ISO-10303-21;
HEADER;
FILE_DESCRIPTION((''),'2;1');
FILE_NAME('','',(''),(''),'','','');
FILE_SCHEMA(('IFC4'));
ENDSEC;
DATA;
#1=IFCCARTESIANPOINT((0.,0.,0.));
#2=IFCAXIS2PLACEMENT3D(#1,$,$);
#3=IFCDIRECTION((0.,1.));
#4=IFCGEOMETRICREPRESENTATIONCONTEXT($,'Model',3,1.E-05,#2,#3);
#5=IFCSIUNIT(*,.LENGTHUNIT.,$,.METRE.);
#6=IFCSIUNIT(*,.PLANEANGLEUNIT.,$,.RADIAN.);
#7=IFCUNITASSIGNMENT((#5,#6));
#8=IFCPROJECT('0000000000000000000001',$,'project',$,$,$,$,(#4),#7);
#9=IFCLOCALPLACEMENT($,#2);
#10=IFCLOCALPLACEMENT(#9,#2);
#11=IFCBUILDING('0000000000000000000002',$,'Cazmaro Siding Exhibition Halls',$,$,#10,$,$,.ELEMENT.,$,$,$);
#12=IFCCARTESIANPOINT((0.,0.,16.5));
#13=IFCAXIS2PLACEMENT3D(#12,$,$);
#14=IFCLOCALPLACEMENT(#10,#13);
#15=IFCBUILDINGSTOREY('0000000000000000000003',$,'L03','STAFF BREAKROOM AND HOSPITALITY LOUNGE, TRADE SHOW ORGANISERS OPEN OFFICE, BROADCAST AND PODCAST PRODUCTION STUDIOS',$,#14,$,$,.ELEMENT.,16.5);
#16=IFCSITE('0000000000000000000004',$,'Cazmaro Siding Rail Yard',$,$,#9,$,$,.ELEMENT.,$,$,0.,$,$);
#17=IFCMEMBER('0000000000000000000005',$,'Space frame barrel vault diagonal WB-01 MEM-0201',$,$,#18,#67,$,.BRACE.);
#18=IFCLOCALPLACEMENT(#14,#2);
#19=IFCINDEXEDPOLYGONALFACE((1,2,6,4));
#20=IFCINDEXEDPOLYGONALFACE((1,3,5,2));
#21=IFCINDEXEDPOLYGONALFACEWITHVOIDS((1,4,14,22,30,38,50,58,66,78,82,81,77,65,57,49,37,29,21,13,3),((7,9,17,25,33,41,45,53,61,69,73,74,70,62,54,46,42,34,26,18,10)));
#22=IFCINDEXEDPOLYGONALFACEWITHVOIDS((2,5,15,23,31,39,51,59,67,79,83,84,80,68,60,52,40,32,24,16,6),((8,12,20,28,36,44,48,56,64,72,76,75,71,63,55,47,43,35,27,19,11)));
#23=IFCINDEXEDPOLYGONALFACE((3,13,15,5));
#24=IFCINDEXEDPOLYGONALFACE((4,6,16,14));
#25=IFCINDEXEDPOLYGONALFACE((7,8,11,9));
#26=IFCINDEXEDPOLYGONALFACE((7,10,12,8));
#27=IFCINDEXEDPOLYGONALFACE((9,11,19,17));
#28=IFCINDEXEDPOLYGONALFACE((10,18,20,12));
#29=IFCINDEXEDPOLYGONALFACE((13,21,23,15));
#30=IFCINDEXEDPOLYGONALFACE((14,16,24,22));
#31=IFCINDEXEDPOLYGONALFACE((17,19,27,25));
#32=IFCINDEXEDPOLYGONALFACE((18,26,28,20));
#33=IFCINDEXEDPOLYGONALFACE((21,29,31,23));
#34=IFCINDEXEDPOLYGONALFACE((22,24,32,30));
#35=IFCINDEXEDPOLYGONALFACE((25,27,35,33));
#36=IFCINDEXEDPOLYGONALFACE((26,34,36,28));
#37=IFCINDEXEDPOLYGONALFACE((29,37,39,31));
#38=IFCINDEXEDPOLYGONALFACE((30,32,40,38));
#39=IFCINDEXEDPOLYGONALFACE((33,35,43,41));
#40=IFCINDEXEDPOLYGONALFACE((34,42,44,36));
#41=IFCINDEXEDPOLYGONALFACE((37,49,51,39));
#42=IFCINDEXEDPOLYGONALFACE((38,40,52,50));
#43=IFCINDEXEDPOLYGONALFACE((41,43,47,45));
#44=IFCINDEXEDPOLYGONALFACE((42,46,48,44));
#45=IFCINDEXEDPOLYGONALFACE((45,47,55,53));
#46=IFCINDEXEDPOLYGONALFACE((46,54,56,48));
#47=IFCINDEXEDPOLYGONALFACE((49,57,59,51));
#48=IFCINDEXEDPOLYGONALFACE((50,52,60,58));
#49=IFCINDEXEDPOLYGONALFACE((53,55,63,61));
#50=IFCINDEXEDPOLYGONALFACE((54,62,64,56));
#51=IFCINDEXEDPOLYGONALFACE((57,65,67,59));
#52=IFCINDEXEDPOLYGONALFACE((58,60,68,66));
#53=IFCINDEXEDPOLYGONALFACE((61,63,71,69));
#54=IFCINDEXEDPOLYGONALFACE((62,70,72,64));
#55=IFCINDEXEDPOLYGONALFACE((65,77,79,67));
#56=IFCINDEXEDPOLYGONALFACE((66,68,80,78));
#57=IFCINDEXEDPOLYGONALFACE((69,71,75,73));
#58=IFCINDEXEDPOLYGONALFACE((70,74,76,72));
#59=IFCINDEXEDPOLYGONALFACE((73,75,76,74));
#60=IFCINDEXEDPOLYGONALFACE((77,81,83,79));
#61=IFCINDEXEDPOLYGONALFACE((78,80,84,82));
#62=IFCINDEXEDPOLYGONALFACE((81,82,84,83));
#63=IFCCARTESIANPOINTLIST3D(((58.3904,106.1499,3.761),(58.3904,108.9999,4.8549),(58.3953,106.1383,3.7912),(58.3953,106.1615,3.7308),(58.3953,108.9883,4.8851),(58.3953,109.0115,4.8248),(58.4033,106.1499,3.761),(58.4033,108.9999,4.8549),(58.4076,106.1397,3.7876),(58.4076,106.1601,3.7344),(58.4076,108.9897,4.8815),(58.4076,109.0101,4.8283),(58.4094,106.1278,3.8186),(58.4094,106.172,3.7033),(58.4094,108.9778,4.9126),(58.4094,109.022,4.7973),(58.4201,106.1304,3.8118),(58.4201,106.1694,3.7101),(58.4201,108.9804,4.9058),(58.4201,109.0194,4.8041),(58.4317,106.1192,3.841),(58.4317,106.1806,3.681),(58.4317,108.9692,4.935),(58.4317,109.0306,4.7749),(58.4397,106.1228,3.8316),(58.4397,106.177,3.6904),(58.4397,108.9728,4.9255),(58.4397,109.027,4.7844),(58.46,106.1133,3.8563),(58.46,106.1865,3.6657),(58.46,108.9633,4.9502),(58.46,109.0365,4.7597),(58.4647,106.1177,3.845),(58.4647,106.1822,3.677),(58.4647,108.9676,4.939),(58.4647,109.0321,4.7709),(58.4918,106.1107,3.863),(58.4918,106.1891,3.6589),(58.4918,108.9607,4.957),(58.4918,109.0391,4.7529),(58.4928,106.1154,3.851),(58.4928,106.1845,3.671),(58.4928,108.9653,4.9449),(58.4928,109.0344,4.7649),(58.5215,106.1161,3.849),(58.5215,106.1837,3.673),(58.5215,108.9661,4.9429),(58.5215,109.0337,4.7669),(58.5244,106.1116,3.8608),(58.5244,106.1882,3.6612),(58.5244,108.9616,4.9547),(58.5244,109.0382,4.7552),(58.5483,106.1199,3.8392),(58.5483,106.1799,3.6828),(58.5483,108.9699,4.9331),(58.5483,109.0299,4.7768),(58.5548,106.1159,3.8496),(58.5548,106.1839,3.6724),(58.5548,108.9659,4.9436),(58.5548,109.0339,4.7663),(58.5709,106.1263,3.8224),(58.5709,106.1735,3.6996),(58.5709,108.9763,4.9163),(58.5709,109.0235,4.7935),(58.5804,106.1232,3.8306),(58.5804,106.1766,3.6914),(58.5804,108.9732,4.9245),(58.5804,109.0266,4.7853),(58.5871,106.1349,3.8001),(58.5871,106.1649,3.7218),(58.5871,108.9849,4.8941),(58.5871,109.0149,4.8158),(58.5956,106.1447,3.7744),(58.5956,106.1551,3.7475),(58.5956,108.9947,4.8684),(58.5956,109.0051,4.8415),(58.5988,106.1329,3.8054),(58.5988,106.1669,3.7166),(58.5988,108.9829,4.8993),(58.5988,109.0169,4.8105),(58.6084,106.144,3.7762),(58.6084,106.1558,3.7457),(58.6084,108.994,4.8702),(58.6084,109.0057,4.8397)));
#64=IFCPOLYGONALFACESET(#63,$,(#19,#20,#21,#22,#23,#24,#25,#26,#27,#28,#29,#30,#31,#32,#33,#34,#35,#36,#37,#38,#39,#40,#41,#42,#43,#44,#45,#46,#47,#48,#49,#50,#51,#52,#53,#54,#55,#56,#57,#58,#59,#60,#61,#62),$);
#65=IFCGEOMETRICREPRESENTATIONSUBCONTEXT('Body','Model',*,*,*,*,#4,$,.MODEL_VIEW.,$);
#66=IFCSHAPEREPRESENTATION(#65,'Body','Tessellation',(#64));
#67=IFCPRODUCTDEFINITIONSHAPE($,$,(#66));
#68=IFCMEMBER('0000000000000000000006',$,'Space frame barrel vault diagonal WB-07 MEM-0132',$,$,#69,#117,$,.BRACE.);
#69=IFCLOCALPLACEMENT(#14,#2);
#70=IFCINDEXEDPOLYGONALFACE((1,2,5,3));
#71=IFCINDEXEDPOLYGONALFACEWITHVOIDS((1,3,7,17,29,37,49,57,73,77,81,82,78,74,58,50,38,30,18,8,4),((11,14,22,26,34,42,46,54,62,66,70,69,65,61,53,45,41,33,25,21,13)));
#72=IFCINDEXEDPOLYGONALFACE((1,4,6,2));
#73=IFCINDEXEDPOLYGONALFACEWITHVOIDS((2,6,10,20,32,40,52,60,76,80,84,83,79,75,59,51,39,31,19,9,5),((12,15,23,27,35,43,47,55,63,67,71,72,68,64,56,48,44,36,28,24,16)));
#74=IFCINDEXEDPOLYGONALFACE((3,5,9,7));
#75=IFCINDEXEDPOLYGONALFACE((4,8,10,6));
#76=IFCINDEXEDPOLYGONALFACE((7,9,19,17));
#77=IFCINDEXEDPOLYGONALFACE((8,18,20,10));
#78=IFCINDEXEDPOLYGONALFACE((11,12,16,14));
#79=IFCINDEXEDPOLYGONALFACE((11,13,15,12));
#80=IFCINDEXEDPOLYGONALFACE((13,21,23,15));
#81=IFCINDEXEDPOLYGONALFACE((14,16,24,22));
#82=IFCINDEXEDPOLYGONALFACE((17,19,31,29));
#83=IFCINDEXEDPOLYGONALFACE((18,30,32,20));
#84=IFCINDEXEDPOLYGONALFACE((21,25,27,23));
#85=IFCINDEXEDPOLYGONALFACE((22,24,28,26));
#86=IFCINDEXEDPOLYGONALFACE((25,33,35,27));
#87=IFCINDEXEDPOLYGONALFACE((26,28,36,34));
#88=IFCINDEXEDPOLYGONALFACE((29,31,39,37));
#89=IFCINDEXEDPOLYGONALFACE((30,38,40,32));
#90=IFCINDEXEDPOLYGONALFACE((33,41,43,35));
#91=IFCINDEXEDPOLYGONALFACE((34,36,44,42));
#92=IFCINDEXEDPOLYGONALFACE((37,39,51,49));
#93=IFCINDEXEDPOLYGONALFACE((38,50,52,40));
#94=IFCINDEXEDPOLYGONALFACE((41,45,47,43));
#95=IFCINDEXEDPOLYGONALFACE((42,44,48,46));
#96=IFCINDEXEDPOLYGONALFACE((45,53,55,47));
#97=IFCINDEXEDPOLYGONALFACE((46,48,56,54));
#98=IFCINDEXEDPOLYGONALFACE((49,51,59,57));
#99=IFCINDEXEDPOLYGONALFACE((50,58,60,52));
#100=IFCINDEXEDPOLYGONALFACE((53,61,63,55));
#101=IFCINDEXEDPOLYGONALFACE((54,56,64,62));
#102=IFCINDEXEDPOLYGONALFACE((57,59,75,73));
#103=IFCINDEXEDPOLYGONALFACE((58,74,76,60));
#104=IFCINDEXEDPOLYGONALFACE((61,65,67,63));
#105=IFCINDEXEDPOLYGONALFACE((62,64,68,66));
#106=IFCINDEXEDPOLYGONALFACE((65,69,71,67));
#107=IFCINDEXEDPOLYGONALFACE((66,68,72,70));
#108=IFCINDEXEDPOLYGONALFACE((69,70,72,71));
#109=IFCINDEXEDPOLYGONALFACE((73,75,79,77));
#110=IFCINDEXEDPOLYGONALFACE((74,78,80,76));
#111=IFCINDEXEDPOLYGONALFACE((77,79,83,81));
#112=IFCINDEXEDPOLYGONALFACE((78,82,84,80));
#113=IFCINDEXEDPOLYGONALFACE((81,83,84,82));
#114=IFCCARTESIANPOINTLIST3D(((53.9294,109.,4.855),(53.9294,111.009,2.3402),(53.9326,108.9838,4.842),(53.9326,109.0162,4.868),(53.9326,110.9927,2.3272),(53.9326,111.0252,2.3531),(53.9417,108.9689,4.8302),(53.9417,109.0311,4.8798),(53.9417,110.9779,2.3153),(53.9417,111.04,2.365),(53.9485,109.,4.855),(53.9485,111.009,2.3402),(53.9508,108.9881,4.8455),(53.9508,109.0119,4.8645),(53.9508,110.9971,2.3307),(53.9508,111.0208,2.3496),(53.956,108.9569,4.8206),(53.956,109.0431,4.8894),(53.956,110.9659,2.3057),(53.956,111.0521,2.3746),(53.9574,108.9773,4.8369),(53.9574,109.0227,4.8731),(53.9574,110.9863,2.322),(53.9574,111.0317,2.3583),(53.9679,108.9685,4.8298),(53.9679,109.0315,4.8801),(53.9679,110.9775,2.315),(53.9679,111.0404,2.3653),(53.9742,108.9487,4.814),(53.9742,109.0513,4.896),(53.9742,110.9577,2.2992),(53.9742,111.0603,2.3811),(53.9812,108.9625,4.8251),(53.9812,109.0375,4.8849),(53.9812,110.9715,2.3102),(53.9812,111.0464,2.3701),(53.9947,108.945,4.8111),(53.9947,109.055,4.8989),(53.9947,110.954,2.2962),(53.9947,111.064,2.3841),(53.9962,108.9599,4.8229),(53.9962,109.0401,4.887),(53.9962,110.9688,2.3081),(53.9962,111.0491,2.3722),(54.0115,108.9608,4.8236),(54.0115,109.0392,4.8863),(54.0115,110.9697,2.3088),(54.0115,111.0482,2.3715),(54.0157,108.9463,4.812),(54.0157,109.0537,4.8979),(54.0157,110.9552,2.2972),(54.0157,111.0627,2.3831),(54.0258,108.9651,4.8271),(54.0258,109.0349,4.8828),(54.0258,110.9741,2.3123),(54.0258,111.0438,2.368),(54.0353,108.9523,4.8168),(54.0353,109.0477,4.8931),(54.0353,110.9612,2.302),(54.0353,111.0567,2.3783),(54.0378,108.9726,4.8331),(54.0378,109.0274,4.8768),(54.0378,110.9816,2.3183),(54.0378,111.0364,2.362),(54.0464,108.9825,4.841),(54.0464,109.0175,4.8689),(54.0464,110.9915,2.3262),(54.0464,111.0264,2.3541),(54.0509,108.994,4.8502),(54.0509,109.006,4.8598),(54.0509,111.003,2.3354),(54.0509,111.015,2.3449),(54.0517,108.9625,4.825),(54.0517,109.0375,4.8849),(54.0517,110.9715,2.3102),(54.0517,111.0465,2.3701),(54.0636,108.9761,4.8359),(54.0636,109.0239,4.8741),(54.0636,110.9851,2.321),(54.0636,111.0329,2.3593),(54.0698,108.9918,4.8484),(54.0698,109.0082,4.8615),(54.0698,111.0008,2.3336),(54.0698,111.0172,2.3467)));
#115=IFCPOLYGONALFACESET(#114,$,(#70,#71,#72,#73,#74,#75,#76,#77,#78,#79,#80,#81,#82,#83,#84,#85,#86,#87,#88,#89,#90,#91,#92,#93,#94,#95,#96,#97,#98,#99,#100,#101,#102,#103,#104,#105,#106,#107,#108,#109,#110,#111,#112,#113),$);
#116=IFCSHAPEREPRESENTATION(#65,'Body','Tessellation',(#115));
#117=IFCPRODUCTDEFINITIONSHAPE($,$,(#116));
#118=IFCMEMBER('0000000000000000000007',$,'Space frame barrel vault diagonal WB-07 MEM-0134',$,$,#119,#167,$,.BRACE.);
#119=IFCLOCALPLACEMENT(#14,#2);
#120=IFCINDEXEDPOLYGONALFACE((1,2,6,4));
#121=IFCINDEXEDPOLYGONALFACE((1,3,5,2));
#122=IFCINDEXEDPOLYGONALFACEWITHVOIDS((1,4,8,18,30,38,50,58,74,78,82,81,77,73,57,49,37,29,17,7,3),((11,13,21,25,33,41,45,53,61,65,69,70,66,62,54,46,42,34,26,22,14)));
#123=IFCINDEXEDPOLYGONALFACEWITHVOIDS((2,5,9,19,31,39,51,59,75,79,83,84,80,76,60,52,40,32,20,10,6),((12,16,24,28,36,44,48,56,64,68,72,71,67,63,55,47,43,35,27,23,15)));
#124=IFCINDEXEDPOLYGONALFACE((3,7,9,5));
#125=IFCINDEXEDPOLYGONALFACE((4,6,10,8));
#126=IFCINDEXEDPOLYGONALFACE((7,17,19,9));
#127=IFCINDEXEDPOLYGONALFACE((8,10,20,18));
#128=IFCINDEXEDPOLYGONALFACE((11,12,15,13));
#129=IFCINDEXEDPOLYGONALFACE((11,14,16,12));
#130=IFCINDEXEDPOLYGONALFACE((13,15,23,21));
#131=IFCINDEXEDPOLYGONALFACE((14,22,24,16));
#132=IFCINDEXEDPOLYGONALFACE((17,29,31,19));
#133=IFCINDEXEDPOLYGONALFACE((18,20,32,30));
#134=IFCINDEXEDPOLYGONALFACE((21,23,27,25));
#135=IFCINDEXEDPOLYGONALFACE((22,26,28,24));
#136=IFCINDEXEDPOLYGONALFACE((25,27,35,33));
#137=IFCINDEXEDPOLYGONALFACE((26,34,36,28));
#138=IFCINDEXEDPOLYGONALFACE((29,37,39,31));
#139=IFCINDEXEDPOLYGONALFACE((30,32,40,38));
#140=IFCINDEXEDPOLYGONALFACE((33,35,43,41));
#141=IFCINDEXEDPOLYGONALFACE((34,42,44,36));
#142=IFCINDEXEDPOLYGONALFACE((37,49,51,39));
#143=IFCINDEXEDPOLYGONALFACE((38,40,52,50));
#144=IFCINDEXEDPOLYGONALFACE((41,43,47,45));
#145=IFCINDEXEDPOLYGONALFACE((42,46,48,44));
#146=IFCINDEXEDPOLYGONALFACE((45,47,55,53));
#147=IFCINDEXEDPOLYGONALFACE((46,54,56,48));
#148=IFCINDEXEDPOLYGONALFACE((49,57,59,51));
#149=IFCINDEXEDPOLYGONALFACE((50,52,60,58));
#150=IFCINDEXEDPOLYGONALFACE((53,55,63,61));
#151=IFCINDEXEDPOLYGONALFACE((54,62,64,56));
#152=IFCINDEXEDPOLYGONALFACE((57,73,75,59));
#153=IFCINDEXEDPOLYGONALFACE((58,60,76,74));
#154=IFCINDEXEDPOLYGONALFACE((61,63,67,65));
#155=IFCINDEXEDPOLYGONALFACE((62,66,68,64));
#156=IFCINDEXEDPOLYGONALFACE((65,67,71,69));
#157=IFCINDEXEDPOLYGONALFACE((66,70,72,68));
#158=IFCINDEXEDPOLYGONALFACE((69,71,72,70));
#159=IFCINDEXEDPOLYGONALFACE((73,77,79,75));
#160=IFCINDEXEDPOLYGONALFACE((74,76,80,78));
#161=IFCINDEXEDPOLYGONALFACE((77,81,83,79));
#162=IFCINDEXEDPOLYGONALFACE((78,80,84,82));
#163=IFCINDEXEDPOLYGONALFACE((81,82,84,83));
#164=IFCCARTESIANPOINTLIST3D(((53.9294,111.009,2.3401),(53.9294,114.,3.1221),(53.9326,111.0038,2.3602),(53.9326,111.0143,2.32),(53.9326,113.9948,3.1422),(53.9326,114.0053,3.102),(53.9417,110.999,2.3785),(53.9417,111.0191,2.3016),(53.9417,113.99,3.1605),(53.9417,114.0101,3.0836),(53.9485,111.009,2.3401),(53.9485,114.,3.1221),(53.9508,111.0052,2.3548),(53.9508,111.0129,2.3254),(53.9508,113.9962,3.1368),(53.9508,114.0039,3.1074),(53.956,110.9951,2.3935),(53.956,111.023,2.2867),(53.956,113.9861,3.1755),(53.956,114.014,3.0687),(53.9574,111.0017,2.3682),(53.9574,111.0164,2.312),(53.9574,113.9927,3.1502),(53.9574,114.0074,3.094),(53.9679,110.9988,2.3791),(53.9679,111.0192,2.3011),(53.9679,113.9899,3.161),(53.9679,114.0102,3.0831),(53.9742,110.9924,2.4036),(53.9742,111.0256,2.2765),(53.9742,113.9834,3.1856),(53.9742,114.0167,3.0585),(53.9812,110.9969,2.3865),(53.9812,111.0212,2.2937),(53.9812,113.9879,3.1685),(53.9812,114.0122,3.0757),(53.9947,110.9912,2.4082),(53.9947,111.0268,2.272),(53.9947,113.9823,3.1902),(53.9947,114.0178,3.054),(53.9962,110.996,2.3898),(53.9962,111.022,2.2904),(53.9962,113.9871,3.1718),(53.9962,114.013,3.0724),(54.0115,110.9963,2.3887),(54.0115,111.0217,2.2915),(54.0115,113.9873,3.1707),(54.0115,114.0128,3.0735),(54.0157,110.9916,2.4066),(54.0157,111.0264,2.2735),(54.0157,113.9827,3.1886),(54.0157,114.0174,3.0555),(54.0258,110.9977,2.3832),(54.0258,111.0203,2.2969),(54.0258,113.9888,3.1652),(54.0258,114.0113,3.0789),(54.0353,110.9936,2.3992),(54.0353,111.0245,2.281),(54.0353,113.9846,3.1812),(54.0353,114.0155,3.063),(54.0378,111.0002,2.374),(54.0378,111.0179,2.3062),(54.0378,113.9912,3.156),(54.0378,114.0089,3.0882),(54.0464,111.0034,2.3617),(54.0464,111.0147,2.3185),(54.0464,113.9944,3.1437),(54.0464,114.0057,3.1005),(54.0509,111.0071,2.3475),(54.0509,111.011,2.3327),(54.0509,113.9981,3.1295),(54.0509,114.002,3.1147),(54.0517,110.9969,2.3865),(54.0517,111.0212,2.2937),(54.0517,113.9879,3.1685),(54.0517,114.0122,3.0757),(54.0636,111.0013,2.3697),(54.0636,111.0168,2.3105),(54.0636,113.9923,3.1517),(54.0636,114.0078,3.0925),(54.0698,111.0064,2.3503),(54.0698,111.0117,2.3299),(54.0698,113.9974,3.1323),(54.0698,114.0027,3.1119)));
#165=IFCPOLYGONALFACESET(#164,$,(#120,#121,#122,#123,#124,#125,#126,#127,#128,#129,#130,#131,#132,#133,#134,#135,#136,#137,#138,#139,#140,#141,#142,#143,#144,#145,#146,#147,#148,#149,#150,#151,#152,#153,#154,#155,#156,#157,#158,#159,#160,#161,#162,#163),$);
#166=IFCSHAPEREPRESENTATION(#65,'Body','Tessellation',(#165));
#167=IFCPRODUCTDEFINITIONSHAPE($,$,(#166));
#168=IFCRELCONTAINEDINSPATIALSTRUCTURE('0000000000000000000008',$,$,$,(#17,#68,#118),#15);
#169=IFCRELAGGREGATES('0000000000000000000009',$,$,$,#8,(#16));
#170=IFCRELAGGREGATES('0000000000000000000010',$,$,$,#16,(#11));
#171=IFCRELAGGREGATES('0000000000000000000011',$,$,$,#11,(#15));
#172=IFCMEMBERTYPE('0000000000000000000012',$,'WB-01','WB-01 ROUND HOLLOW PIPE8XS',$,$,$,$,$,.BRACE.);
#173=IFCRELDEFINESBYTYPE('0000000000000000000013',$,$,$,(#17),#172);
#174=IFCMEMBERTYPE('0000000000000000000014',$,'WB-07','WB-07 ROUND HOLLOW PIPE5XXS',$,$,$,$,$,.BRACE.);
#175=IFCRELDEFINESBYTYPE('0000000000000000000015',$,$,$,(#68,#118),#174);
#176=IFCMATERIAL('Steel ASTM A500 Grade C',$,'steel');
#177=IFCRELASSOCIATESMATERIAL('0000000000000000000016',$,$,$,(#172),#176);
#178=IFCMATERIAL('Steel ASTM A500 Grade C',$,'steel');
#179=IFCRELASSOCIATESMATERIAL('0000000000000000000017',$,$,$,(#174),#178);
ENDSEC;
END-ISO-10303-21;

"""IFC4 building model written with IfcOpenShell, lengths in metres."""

from ifc_helpers import new_model, si_unit, direction, frame, origin, origin_2d, place, context, subcontext, project, spatial, hollow_circle, extrude, material, material_profile, profile_set, type_object, element, save


model = new_model("IFC4")

# Units and contexts
model_context = context("Model", 3, precision=1e-05, world=origin(), true_north=direction((0.0, 1.0)))
body_context = subcontext(model_context, "Body", "Model", "MODEL_VIEW")
ifc_project = project(units=[si_unit("LENGTHUNIT", "METRE"), si_unit("PLANEANGLEUNIT", "RADIAN")], contexts=[model_context])

# Site, building, storey
site_placement = place(None, origin())
site = spatial("IfcSite", under=ifc_project, at=site_placement, Name="Cazmaro Siding Rail Yard", CompositionType="ELEMENT", RefElevation=0.0)
building_placement = place(site_placement, origin())
building = spatial("IfcBuilding", under=site, at=building_placement, Name="Cazmaro Siding Exhibition Halls", CompositionType="ELEMENT")
storey_placement = place(building_placement, frame((0.0, 0.0, 16.5)))
storey = spatial("IfcBuildingStorey", under=building, at=storey_placement, Name="L03", Description="STAFF BREAKROOM AND HOSPITALITY LOUNGE, TRADE SHOW ORGANISERS OPEN OFFICE, BROADCAST AND PODCAST PRODUCTION STUDIOS", CompositionType="ELEMENT", Elevation=16.5)

# Members
ifc_material_1 = material(Name="Steel ASTM A500 Grade C", Category="steel")
ifc_material_profile_1 = material_profile(ifc_material_1, hollow_circle(Radius=0.1096, WallThickness=0.0129, at=origin_2d()), Name="PIPE8XS")
ifc_profile_set_1 = profile_set([ifc_material_profile_1], Name="Steel ASTM A500 Grade C")
member_type_1 = type_object("IfcMemberType", Name="WB-01", Description="WB-01 ROUND HOLLOW PIPE8XS", PredefinedType="BRACE", material=ifc_profile_set_1)
member_1_placement = place(storey_placement, frame((58.5, 106.1499, 3.761), z_axis=(0.0, 0.933587, 0.358352), x_axis=(-1.0, 0.0, 0.0)))
element("IfcMember", 1, at=member_1_placement, inside=storey, type_object=member_type_1, Name="Space frame barrel vault diagonal WB-01 MEM-0201", PredefinedType="BRACE", context=body_context, shape_type="SweptSolid", body=[
    extrude(hollow_circle(Radius=0.1096, WallThickness=0.0129, at=origin_2d()), origin(), (0.0, 0.0, 1.0), 3.0527),
])
ifc_material_2 = material(Name="Steel ASTM A500 Grade C", Category="steel")
ifc_material_profile_2 = material_profile(ifc_material_2, hollow_circle(Radius=0.0706, WallThickness=0.019, at=origin_2d()), Name="PIPE5XXS")
ifc_profile_set_2 = profile_set([ifc_material_profile_2], Name="Steel ASTM A500 Grade C")
member_type_2 = type_object("IfcMemberType", Name="WB-07", Description="WB-07 ROUND HOLLOW PIPE5XXS", PredefinedType="BRACE", material=ifc_profile_set_2)
member_2_placement = place(storey_placement, frame((54.0, 109.0, 4.855), z_axis=(0.0, 0.624149, -0.781305), x_axis=(-1.0, 0.0, 0.0)))
element("IfcMember", 2, at=member_2_placement, inside=storey, type_object=member_type_2, Name="Space frame barrel vault diagonal WB-07 MEM-0132", PredefinedType="BRACE", context=body_context, shape_type="SweptSolid", body=[
    extrude(hollow_circle(Radius=0.0706, WallThickness=0.019, at=origin_2d()), origin(), (0.0, 0.0, 1.0), 3.2188),
])
member_3_placement = place(storey_placement, frame((54.0, 111.009, 2.3401), z_axis=(0.0, 0.96748, 0.252946), x_axis=(-1.0, 0.0, 0.0)))
element("IfcMember", 3, at=member_3_placement, inside=storey, type_object=member_type_2, Name="Space frame barrel vault diagonal WB-07 MEM-0134", PredefinedType="BRACE", context=body_context, shape_type="SweptSolid", body=[
    extrude(hollow_circle(Radius=0.0706, WallThickness=0.019, at=origin_2d()), origin(), (0.0, 0.0, 1.0), 3.0916),
])

save(model, "model.ifc")
